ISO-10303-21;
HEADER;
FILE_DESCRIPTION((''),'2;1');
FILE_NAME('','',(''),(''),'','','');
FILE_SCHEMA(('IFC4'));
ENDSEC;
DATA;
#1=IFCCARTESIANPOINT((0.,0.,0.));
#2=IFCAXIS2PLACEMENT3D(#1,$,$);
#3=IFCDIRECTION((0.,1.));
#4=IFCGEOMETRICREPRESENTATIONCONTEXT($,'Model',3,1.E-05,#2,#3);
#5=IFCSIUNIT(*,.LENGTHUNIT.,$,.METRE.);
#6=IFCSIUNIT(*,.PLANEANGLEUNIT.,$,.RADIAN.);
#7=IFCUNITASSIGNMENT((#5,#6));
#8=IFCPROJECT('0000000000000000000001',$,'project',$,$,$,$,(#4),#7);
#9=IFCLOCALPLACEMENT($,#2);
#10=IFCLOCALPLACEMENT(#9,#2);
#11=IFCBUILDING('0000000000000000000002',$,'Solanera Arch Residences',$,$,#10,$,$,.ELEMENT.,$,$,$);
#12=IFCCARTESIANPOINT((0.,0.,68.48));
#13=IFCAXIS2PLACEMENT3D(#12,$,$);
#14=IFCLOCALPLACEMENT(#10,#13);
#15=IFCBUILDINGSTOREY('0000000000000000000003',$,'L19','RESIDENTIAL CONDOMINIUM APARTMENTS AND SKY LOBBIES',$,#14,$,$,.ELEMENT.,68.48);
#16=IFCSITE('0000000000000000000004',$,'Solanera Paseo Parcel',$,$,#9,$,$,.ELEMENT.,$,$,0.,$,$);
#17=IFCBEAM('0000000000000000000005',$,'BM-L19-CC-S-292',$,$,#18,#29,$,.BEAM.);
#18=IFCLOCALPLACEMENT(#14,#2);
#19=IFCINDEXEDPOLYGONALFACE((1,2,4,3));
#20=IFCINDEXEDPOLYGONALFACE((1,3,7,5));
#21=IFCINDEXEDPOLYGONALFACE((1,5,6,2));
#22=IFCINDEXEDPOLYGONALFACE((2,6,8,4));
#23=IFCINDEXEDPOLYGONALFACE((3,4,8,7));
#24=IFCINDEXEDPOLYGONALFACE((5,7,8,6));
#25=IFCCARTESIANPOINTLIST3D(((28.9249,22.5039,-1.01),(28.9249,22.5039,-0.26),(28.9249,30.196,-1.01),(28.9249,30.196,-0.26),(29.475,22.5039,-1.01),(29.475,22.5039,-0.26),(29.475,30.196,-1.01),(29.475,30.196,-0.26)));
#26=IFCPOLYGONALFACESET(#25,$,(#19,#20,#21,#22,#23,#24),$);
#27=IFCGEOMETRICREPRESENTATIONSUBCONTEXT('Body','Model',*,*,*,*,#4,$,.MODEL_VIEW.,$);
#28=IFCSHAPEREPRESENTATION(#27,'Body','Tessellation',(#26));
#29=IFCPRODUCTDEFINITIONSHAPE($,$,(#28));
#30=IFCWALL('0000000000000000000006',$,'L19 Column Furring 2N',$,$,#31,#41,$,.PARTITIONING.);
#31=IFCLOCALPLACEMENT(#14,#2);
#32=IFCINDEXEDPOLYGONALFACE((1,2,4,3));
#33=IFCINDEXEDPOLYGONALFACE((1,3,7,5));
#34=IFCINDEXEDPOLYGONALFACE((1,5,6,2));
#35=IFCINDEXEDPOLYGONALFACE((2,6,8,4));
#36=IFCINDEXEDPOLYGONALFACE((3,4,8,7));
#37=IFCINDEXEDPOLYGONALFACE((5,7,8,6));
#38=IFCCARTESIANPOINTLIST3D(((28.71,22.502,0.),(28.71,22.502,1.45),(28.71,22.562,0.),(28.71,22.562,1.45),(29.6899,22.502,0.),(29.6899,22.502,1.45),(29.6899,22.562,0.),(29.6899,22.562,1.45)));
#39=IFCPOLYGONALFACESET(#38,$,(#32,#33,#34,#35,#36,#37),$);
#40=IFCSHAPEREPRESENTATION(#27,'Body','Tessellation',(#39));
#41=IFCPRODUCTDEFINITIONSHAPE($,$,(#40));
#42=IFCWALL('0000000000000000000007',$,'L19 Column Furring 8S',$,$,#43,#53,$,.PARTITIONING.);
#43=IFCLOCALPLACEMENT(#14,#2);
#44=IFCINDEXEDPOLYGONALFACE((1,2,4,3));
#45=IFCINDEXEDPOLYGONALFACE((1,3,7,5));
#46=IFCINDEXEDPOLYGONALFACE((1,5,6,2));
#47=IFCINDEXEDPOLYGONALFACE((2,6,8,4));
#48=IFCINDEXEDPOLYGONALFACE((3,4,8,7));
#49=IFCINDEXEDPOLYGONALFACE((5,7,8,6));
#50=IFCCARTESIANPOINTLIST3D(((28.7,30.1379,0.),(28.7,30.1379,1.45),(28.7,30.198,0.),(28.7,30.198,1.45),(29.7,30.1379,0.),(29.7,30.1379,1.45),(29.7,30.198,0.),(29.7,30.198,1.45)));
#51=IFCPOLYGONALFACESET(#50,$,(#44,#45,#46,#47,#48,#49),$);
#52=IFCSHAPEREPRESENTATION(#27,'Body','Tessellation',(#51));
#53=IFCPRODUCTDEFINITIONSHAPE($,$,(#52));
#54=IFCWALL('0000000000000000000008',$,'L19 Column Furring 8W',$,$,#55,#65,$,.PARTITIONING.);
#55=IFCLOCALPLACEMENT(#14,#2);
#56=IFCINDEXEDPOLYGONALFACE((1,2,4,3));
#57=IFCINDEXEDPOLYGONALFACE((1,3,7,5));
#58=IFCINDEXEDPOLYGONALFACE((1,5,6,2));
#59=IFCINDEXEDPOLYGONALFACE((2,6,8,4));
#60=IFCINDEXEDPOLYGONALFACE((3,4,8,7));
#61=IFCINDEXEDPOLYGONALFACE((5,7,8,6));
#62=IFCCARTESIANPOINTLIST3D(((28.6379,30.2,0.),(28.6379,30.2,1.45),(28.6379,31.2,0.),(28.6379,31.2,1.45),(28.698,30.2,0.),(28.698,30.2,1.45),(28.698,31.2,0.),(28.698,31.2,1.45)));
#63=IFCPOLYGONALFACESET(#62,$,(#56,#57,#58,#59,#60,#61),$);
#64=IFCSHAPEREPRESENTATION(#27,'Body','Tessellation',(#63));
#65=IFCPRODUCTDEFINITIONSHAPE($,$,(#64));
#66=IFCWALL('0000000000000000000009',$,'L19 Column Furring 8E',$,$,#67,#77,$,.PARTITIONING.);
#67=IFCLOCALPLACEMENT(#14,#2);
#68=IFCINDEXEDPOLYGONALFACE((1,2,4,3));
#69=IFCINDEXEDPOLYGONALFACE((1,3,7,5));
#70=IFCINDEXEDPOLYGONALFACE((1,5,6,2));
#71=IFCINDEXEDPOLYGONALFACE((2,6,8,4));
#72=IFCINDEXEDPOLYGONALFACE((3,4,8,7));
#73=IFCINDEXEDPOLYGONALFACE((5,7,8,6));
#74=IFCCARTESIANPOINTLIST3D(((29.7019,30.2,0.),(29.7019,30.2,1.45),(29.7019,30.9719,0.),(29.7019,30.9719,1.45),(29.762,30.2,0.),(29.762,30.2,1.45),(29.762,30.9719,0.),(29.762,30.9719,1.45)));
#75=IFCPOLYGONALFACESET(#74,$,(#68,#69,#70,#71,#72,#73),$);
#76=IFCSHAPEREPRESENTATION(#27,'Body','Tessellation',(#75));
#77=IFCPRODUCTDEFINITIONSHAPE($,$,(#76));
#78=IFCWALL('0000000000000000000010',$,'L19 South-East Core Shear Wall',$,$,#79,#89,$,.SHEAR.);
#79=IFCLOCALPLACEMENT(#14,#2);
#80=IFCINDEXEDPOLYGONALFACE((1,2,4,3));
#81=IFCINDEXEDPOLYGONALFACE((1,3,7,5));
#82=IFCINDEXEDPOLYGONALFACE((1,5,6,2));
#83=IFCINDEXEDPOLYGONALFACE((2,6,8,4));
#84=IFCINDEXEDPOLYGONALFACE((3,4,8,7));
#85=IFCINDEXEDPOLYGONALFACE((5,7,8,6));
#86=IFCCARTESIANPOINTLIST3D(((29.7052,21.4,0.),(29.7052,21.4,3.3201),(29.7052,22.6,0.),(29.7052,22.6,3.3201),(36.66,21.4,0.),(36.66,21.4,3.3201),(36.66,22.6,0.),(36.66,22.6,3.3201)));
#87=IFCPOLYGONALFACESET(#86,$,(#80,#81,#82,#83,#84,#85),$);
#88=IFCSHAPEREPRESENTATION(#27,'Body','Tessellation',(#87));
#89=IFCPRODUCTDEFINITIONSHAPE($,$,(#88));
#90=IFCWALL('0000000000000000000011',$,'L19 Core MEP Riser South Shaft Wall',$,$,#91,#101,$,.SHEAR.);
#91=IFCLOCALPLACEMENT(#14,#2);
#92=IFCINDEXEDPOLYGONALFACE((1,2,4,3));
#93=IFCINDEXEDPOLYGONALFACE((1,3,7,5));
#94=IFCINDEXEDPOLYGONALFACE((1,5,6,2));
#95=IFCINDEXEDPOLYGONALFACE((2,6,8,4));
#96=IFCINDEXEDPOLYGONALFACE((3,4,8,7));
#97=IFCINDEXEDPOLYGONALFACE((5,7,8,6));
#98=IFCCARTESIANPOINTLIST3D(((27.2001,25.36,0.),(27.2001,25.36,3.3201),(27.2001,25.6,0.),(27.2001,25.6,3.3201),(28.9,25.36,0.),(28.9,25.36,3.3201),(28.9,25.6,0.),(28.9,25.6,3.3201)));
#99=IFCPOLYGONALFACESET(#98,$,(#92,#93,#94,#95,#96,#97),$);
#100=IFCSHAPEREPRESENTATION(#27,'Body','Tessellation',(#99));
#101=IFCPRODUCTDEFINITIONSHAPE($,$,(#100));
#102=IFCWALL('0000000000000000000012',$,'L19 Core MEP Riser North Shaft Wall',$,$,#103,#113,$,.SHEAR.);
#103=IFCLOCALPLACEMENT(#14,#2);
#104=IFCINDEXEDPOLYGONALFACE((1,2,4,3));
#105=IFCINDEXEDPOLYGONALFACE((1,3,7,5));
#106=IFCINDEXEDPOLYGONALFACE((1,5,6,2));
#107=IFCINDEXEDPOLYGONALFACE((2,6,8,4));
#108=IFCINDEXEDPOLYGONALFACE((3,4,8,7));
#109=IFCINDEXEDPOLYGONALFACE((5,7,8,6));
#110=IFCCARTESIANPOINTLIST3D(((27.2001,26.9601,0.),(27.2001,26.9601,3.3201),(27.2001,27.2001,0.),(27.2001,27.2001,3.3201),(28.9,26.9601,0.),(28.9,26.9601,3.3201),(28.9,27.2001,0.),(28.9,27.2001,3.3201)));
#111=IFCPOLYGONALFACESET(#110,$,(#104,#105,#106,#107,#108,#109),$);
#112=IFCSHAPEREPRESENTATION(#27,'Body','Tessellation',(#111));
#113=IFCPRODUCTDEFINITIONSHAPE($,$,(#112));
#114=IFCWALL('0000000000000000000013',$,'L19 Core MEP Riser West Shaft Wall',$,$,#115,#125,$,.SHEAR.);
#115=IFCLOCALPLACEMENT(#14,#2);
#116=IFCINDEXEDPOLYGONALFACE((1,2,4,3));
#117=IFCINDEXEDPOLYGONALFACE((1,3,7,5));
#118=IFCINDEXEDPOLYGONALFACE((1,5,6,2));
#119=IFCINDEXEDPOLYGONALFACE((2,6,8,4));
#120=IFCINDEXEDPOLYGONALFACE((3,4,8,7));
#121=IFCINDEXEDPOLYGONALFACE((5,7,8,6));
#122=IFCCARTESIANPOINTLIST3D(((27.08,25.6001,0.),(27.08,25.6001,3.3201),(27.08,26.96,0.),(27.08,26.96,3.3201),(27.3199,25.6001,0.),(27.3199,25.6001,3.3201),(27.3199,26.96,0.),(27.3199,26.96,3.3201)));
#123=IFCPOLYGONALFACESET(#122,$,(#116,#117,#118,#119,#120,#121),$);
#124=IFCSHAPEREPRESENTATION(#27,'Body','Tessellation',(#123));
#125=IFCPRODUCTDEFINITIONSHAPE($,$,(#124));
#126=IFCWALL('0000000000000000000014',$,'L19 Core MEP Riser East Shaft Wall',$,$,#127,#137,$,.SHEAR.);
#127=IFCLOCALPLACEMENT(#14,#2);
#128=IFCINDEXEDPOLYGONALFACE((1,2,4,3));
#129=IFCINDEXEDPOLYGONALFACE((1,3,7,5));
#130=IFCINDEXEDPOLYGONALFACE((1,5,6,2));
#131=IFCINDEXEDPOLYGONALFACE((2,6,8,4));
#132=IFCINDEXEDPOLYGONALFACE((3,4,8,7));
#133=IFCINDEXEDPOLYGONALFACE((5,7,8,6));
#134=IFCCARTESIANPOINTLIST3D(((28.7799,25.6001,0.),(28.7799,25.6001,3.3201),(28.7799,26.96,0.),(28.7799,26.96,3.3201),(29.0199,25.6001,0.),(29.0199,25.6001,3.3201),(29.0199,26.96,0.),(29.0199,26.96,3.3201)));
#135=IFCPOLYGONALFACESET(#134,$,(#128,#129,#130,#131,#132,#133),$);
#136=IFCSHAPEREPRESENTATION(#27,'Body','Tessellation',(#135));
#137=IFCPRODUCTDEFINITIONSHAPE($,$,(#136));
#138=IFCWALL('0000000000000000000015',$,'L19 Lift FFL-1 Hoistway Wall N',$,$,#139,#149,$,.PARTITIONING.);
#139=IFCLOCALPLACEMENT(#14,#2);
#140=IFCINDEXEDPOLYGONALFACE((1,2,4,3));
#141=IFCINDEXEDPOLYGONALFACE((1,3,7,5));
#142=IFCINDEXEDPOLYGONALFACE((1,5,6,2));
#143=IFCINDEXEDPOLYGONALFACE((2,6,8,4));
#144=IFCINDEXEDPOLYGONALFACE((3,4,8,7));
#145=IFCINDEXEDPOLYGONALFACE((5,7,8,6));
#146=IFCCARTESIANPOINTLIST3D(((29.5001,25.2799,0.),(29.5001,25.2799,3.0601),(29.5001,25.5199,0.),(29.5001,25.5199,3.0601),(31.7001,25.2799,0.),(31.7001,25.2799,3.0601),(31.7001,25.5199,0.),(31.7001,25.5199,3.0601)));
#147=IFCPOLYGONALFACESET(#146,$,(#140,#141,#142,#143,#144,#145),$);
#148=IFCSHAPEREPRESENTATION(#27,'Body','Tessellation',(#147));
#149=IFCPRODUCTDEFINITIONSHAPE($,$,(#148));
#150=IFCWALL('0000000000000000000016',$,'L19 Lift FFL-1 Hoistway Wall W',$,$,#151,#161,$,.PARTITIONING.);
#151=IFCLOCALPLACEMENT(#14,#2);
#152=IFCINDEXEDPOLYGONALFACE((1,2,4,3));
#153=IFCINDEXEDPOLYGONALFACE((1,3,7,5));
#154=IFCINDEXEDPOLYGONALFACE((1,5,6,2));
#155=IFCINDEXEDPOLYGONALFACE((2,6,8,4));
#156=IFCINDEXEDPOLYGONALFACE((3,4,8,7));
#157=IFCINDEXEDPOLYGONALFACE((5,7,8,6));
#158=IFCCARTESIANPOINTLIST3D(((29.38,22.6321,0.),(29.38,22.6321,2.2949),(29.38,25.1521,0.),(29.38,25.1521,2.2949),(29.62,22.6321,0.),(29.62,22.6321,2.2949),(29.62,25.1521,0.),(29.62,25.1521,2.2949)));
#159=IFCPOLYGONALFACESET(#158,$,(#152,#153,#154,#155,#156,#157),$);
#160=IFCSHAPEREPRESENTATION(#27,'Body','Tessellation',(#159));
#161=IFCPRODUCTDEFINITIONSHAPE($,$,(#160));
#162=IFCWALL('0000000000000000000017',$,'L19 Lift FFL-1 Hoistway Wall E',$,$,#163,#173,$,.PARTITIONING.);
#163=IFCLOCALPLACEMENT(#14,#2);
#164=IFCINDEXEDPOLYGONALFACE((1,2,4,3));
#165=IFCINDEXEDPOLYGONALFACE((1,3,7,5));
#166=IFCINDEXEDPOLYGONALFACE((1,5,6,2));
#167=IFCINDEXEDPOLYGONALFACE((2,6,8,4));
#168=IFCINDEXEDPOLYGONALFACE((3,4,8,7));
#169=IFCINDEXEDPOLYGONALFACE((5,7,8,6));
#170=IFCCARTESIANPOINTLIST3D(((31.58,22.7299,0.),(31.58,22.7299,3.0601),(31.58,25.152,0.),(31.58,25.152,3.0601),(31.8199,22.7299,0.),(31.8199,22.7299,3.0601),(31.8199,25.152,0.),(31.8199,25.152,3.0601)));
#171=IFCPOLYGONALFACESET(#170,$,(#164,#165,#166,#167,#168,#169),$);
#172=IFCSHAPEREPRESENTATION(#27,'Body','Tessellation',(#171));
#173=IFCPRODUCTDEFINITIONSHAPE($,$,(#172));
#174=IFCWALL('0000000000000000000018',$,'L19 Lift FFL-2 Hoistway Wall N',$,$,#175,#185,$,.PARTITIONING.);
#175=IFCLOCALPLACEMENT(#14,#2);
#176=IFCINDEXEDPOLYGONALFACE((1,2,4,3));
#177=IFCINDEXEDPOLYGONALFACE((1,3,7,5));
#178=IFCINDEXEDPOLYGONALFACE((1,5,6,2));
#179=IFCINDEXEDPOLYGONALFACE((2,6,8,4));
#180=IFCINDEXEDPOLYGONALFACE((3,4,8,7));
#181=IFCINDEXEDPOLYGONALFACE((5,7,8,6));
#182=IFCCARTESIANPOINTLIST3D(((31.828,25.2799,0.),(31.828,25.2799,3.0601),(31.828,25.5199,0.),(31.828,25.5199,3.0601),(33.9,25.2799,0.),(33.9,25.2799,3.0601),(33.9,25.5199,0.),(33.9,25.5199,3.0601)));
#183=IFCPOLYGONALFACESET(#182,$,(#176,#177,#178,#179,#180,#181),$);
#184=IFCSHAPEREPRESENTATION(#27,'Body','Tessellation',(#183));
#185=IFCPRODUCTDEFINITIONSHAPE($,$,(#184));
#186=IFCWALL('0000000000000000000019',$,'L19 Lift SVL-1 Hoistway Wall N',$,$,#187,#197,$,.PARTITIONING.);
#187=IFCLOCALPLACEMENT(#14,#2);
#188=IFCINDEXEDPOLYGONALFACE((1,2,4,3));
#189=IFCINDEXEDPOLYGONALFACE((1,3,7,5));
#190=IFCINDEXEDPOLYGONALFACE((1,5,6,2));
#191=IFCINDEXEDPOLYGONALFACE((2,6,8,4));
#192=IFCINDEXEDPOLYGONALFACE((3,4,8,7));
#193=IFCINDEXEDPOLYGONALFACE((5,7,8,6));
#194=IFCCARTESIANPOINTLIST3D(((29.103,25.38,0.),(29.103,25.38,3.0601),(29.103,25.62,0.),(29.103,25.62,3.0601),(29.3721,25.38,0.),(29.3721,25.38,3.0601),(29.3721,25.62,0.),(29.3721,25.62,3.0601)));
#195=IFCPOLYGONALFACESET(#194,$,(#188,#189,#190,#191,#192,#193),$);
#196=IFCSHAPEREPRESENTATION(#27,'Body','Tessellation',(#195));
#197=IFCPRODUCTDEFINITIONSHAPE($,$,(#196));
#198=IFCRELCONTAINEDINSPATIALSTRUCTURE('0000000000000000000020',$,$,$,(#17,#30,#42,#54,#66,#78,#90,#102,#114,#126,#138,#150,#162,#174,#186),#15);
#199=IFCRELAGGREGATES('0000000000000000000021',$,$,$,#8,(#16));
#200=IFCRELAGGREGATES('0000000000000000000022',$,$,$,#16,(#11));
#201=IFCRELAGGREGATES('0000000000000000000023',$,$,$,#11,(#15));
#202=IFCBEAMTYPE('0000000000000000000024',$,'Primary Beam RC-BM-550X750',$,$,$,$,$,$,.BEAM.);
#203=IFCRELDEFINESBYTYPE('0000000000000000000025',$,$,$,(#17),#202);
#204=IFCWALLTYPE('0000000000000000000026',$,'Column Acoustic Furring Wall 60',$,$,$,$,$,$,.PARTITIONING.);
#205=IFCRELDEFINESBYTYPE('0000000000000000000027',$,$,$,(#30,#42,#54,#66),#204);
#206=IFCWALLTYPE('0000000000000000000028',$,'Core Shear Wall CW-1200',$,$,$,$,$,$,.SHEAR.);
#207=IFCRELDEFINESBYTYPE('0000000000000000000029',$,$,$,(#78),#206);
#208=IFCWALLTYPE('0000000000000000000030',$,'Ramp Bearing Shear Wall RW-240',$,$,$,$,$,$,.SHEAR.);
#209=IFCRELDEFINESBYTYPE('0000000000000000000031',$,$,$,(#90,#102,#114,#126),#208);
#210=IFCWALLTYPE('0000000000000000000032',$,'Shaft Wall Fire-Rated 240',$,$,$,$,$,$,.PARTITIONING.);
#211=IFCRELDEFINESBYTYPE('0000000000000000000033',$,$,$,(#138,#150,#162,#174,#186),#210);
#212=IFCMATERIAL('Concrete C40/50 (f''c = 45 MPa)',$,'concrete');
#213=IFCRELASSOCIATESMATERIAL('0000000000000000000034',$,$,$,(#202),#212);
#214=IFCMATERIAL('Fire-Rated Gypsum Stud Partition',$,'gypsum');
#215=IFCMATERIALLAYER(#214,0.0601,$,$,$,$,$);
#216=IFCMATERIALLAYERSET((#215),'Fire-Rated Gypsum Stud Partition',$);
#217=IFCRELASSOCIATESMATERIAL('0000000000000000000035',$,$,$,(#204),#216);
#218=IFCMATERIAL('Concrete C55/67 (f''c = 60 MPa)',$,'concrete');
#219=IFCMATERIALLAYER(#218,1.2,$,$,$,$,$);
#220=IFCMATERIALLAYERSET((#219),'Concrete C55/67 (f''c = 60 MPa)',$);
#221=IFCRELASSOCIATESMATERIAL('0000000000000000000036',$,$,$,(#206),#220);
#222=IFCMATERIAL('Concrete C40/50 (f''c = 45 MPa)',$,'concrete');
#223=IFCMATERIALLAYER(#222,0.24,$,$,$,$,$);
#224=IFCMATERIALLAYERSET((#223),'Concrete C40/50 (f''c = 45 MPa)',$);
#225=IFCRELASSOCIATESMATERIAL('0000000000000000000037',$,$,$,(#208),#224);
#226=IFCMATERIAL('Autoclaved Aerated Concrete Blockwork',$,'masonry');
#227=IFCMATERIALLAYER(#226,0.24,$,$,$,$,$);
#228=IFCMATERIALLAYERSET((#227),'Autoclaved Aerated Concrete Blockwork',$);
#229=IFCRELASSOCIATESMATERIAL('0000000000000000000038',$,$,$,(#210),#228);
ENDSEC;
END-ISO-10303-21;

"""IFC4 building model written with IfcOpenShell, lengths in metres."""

from ifc_helpers import new_model, si_unit, direction, frame, frame_2d, origin, origin_2d, place, context, subcontext, project, spatial, rectangle, extrude, material, layer, layer_set, material_profile, profile_set, type_object, element, save


model = new_model("IFC4")

# Units and contexts
model_context = context("Model", 3, precision=1e-05, world=origin(), true_north=direction((0.0, 1.0)))
body_context = subcontext(model_context, "Body", "Model", "MODEL_VIEW")
ifc_project = project(units=[si_unit("LENGTHUNIT", "METRE"), si_unit("PLANEANGLEUNIT", "RADIAN")], contexts=[model_context])

# Site, building, storey
site_placement = place(None, origin())
site = spatial("IfcSite", under=ifc_project, at=site_placement, Name="Solanera Paseo Parcel", CompositionType="ELEMENT", RefElevation=0.0)
building_placement = place(site_placement, origin())
building = spatial("IfcBuilding", under=site, at=building_placement, Name="Solanera Arch Residences", CompositionType="ELEMENT")
storey_placement = place(building_placement, frame((0.0, 0.0, 68.48)))
storey = spatial("IfcBuildingStorey", under=building, at=storey_placement, Name="L19", Description="RESIDENTIAL CONDOMINIUM APARTMENTS AND SKY LOBBIES", CompositionType="ELEMENT", Elevation=68.48)

# Beam
ifc_material_1 = material(Name="Concrete C40/50 (f'c = 45 MPa)", Category="concrete")
ifc_material_profile = material_profile(ifc_material_1, rectangle(XDim=0.55, YDim=0.75, at=origin_2d()))
ifc_profile_set = profile_set([ifc_material_profile], Name="Concrete C40/50 (f'c = 45 MPa)")
beam_type = type_object("IfcBeamType", Name="Primary Beam RC-BM-550X750", PredefinedType="BEAM", material=ifc_profile_set)
beam_placement = place(storey_placement, frame((29.2, 22.5039, -0.635), z_axis=(0.0, 1.0, 0.0), x_axis=(-1.0, 0.0, 0.0)))
element("IfcBeam", 1, at=beam_placement, inside=storey, type_object=beam_type, Name="BM-L19-CC-S-292", PredefinedType="BEAM", context=body_context, shape_type="SweptSolid", body=[
    extrude(rectangle(XDim=0.55, YDim=0.75, at=origin_2d()), origin(), (0.0, 0.0, 1.0), 7.6921),
])

# Walls
ifc_material_2 = material(Name="Fire-Rated Gypsum Stud Partition", Category="gypsum")
ifc_layer_1 = layer(ifc_material_2, 0.0601)
ifc_layer_set_1 = layer_set([ifc_layer_1], Name="Fire-Rated Gypsum Stud Partition")
wall_type_1 = type_object("IfcWallType", Name="Column Acoustic Furring Wall 60", PredefinedType="PARTITIONING", material=ifc_layer_set_1)
wall_1_placement = place(storey_placement, frame((28.71, 22.532, 0.0), z_axis=(0.0, 0.0, 1.0), x_axis=(1.0, 0.0, 0.0)))
element("IfcWall", 2, at=wall_1_placement, inside=storey, type_object=wall_type_1, Name="L19 Column Furring 2N", PredefinedType="PARTITIONING", context=body_context, shape_type="SweptSolid", body=[
    extrude(rectangle(XDim=0.98, YDim=0.0601, at=frame_2d((0.49, 0.0))), origin(), (0.0, 0.0, 1.0), 1.45),
])
for number, where, z_axis, x_axis, name in (
    (3, (28.7, 30.168, 0.0), (0.0, 0.0, 1.0), (1.0, 0.0, 0.0), "L19 Column Furring 8S"),
    (4, (28.668, 30.2, 0.0), (0.0, 0.0, 1.0), (0.0, 1.0, 0.0), "L19 Column Furring 8W"),
):
    element("IfcWall", number, at=place(storey_placement, frame(where, z_axis=z_axis, x_axis=x_axis)), inside=storey, type_object=wall_type_1, Name=name, PredefinedType="PARTITIONING", context=body_context, shape_type="SweptSolid", body=[
        extrude(rectangle(XDim=1.0, YDim=0.0601, at=frame_2d((0.5, 0.0))), origin(), (0.0, 0.0, 1.0), 1.45),
    ])
wall_2_placement = place(storey_placement, frame((29.7319, 30.2, 0.0), z_axis=(0.0, 0.0, 1.0), x_axis=(0.0, 1.0, 0.0)))
element("IfcWall", 5, at=wall_2_placement, inside=storey, type_object=wall_type_1, Name="L19 Column Furring 8E", PredefinedType="PARTITIONING", context=body_context, shape_type="SweptSolid", body=[
    extrude(rectangle(XDim=0.772, YDim=0.0601, at=frame_2d((0.386, 0.0))), origin(), (0.0, 0.0, 1.0), 1.45),
])
ifc_material_3 = material(Name="Concrete C55/67 (f'c = 60 MPa)", Category="concrete")
ifc_layer_2 = layer(ifc_material_3, 1.2)
ifc_layer_set_2 = layer_set([ifc_layer_2], Name="Concrete C55/67 (f'c = 60 MPa)")
wall_type_2 = type_object("IfcWallType", Name="Core Shear Wall CW-1200", PredefinedType="SHEAR", material=ifc_layer_set_2)
wall_3_placement = place(storey_placement, frame((29.7051, 22.0, 0.0), z_axis=(0.0, 0.0, 1.0), x_axis=(1.0, 0.0, 0.0)))
element("IfcWall", 6, at=wall_3_placement, inside=storey, type_object=wall_type_2, Name="L19 South-East Core Shear Wall", PredefinedType="SHEAR", context=body_context, shape_type="SweptSolid", body=[
    extrude(rectangle(XDim=6.9548, YDim=1.2, at=frame_2d((3.4775, 0.0))), origin(), (0.0, 0.0, 1.0), 3.3201),
])
ifc_material_4 = material(Name="Concrete C40/50 (f'c = 45 MPa)", Category="concrete")
ifc_layer_3 = layer(ifc_material_4, 0.24)
ifc_layer_set_3 = layer_set([ifc_layer_3], Name="Concrete C40/50 (f'c = 45 MPa)")
wall_type_3 = type_object("IfcWallType", Name="Ramp Bearing Shear Wall RW-240", PredefinedType="SHEAR", material=ifc_layer_set_3)
for number, where, z_axis, x_axis, name in (
    (7, (27.2, 25.48, 0.0), (0.0, 0.0, 1.0), (1.0, 0.0, 0.0), "L19 Core MEP Riser South Shaft Wall"),
    (8, (27.2, 27.0801, 0.0), (0.0, 0.0, 1.0), (1.0, 0.0, 0.0), "L19 Core MEP Riser North Shaft Wall"),
):
    element("IfcWall", number, at=place(storey_placement, frame(where, z_axis=z_axis, x_axis=x_axis)), inside=storey, type_object=wall_type_3, Name=name, PredefinedType="SHEAR", context=body_context, shape_type="SweptSolid", body=[
        extrude(rectangle(XDim=1.7, YDim=0.24, at=frame_2d((0.8501, 0.0))), origin(), (0.0, 0.0, 1.0), 3.3201),
    ])
for number, where, z_axis, x_axis, name in (
    (9, (27.2, 25.6001, 0.0), (0.0, 0.0, 1.0), (0.0, 1.0, 0.0), "L19 Core MEP Riser West Shaft Wall"),
    (10, (28.8999, 25.6001, 0.0), (0.0, 0.0, 1.0), (0.0, 1.0, 0.0), "L19 Core MEP Riser East Shaft Wall"),
):
    element("IfcWall", number, at=place(storey_placement, frame(where, z_axis=z_axis, x_axis=x_axis)), inside=storey, type_object=wall_type_3, Name=name, PredefinedType="SHEAR", context=body_context, shape_type="SweptSolid", body=[
        extrude(rectangle(XDim=1.3599, YDim=0.24, at=frame_2d((0.6799, 0.0))), origin(), (0.0, 0.0, 1.0), 3.3201),
    ])
ifc_material_5 = material(Name="Autoclaved Aerated Concrete Blockwork", Category="masonry")
ifc_layer_4 = layer(ifc_material_5, 0.24)
ifc_layer_set_4 = layer_set([ifc_layer_4], Name="Autoclaved Aerated Concrete Blockwork")
wall_type_4 = type_object("IfcWallType", Name="Shaft Wall Fire-Rated 240", PredefinedType="PARTITIONING", material=ifc_layer_set_4)
wall_4_placement = place(storey_placement, frame((29.5, 25.3999, 0.0), z_axis=(0.0, 0.0, 1.0), x_axis=(1.0, 0.0, 0.0)))
element("IfcWall", 11, at=wall_4_placement, inside=storey, type_object=wall_type_4, Name="L19 Lift FFL-1 Hoistway Wall N", PredefinedType="PARTITIONING", context=body_context, shape_type="SweptSolid", body=[
    extrude(rectangle(XDim=2.2, YDim=0.24, at=frame_2d((1.1001, 0.0))), origin(), (0.0, 0.0, 1.0), 3.0601),
])
wall_5_placement = place(storey_placement, frame((29.5, 22.6321, 0.0), z_axis=(0.0, 0.0, 1.0), x_axis=(0.0, 1.0, 0.0)))
element("IfcWall", 12, at=wall_5_placement, inside=storey, type_object=wall_type_4, Name="L19 Lift FFL-1 Hoistway Wall W", PredefinedType="PARTITIONING", context=body_context, shape_type="SweptSolid", body=[
    extrude(rectangle(XDim=2.52, YDim=0.24, at=frame_2d((1.26, 0.0))), origin(), (0.0, 0.0, 1.0), 2.2949),
])
wall_6_placement = place(storey_placement, frame((31.7, 22.73, 0.0), z_axis=(0.0, 0.0, 1.0), x_axis=(0.0, 1.0, 0.0)))
element("IfcWall", 13, at=wall_6_placement, inside=storey, type_object=wall_type_4, Name="L19 Lift FFL-1 Hoistway Wall E", PredefinedType="PARTITIONING", context=body_context, shape_type="SweptSolid", body=[
    extrude(rectangle(XDim=2.4221, YDim=0.24, at=frame_2d((1.2109, 0.0))), origin(), (0.0, 0.0, 1.0), 3.0601),
])
wall_7_placement = place(storey_placement, frame((31.8279, 25.3999, 0.0), z_axis=(0.0, 0.0, 1.0), x_axis=(1.0, 0.0, 0.0)))
element("IfcWall", 14, at=wall_7_placement, inside=storey, type_object=wall_type_4, Name="L19 Lift FFL-2 Hoistway Wall N", PredefinedType="PARTITIONING", context=body_context, shape_type="SweptSolid", body=[
    extrude(rectangle(XDim=2.072, YDim=0.24, at=frame_2d((1.0361, 0.0))), origin(), (0.0, 0.0, 1.0), 3.0601),
])
wall_8_placement = place(storey_placement, frame((29.103, 25.5, 0.0), z_axis=(0.0, 0.0, 1.0), x_axis=(1.0, 0.0, 0.0)))
element("IfcWall", 15, at=wall_8_placement, inside=storey, type_object=wall_type_4, Name="L19 Lift SVL-1 Hoistway Wall N", PredefinedType="PARTITIONING", context=body_context, shape_type="SweptSolid", body=[
    extrude(rectangle(XDim=0.269, YDim=0.24, at=frame_2d((0.1345, 0.0))), origin(), (0.0, 0.0, 1.0), 3.0601),
])

save(model, "model.ifc")
